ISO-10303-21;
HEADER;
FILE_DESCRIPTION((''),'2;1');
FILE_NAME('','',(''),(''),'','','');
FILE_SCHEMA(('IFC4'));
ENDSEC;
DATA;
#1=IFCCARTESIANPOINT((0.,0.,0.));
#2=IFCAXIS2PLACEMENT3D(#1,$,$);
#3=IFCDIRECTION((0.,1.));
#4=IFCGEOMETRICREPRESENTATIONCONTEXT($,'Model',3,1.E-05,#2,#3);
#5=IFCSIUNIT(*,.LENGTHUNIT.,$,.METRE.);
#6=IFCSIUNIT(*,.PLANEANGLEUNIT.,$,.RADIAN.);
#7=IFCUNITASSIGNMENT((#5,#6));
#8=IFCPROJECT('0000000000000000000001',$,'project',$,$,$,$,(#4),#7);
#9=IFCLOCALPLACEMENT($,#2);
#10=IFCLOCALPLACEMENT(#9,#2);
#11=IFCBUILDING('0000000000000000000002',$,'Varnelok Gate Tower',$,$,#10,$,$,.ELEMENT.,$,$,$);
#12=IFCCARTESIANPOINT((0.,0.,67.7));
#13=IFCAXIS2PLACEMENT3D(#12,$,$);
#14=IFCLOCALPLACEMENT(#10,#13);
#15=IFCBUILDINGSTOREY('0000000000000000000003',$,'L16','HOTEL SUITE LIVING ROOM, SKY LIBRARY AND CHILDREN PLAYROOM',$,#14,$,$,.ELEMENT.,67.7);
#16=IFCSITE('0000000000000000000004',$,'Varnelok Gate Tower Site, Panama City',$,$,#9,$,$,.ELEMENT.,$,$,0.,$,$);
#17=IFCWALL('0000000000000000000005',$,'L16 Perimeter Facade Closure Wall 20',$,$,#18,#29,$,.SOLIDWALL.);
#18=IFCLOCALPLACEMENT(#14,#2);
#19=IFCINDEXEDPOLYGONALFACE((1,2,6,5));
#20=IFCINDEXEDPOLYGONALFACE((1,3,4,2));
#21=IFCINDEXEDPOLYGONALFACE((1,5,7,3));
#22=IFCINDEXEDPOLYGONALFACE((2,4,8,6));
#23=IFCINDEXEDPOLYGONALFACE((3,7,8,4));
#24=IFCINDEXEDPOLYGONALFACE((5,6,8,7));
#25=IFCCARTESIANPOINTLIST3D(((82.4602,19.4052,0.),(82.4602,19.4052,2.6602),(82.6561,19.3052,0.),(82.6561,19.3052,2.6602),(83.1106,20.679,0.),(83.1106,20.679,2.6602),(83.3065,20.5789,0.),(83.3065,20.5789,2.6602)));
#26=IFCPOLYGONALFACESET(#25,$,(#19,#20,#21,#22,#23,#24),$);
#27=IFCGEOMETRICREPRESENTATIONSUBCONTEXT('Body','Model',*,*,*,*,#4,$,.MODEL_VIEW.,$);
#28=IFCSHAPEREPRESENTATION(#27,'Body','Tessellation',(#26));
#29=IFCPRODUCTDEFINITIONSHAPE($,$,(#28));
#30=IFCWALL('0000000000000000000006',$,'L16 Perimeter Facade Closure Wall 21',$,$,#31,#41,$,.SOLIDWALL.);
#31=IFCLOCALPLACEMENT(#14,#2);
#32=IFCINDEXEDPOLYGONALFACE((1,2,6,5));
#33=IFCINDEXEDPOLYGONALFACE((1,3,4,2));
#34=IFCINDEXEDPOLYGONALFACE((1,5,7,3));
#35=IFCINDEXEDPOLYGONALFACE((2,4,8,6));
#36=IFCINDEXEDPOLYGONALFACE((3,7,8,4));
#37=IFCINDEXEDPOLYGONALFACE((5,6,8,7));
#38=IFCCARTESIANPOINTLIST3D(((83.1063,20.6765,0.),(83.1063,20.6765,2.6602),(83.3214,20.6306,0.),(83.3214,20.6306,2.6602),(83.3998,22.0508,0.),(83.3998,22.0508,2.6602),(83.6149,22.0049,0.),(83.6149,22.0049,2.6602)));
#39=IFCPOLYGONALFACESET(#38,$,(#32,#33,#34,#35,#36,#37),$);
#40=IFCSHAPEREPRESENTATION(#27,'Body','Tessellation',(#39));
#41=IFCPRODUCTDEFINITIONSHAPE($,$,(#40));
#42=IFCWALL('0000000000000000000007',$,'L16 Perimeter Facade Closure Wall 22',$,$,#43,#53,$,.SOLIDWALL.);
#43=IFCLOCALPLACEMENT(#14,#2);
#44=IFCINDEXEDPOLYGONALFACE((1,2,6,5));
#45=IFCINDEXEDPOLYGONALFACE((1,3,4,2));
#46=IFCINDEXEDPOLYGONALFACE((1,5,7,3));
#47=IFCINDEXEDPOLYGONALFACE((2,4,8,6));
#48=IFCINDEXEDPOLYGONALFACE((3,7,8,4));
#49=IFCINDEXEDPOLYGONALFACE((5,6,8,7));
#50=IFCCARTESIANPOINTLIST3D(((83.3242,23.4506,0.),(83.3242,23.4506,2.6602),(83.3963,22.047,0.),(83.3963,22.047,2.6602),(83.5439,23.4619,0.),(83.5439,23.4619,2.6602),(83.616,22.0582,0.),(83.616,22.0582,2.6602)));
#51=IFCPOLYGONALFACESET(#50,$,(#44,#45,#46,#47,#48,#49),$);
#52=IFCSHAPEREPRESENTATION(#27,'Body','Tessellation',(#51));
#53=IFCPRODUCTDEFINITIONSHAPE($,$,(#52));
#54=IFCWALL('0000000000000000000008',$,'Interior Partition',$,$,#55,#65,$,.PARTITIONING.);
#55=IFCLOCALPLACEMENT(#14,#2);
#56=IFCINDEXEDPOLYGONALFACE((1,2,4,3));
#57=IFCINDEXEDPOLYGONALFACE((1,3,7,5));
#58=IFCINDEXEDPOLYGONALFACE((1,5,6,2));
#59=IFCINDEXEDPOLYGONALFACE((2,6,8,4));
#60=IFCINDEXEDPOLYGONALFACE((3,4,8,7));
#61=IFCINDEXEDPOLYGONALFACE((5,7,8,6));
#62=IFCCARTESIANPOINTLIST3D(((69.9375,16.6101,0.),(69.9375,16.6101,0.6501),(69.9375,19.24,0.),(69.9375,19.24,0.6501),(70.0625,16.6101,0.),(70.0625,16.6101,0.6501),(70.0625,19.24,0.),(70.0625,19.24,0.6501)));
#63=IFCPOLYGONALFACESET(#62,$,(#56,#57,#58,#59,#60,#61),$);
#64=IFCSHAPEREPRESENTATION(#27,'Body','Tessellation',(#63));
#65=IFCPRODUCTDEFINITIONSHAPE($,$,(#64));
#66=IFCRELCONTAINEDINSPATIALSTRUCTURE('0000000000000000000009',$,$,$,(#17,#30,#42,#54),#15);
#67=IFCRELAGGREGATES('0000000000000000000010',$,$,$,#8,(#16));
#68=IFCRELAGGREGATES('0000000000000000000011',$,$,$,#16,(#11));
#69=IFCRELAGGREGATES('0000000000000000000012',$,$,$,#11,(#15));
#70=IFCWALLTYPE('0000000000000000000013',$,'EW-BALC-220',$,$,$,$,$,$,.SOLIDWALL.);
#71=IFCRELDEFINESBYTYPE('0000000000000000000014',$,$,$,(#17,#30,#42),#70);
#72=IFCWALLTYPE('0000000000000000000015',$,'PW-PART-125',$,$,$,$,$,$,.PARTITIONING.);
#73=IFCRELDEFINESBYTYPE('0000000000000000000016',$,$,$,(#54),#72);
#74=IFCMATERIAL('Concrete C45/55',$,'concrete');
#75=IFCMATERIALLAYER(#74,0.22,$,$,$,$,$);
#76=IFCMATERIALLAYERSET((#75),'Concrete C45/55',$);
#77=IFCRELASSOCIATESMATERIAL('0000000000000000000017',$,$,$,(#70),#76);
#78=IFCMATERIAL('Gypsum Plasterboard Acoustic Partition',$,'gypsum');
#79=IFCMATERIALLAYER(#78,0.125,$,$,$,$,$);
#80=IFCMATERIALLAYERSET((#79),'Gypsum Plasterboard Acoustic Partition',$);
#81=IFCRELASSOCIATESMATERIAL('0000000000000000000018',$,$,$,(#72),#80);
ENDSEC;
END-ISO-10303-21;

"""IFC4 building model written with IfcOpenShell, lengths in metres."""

from ifc_helpers import new_model, si_unit, direction, frame, frame_2d, origin, place, context, subcontext, project, spatial, rectangle, extrude, material, layer, layer_set, type_object, element, save


model = new_model("IFC4")

# Units and contexts
model_context = context("Model", 3, precision=1e-05, world=origin(), true_north=direction((0.0, 1.0)))
body_context = subcontext(model_context, "Body", "Model", "MODEL_VIEW")
ifc_project = project(units=[si_unit("LENGTHUNIT", "METRE"), si_unit("PLANEANGLEUNIT", "RADIAN")], contexts=[model_context])

# Site, building, storey
site_placement = place(None, origin())
site = spatial("IfcSite", under=ifc_project, at=site_placement, Name="Varnelok Gate Tower Site, Panama City", CompositionType="ELEMENT", RefElevation=0.0)
building_placement = place(site_placement, origin())
building = spatial("IfcBuilding", under=site, at=building_placement, Name="Varnelok Gate Tower", CompositionType="ELEMENT")
storey_placement = place(building_placement, frame((0.0, 0.0, 67.7)))
storey = spatial("IfcBuildingStorey", under=building, at=storey_placement, Name="L16", Description="HOTEL SUITE LIVING ROOM, SKY LIBRARY AND CHILDREN PLAYROOM", CompositionType="ELEMENT", Elevation=67.7)

# Walls
ifc_material_1 = material(Name="Concrete C45/55", Category="concrete")
ifc_layer_1 = layer(ifc_material_1, 0.22)
ifc_layer_set_1 = layer_set([ifc_layer_1], Name="Concrete C45/55")
wall_type_1 = type_object("IfcWallType", Name="EW-BALC-220", PredefinedType="SOLIDWALL", material=ifc_layer_set_1)
wall_1_placement = place(storey_placement, frame((82.5581, 19.3552, 0.0), z_axis=(0.0, 0.0, 1.0), x_axis=(0.454777, 0.890605, 0.0)))
element("IfcWall", 1, at=wall_1_placement, inside=storey, type_object=wall_type_1, Name="L16 Perimeter Facade Closure Wall 20", PredefinedType="SOLIDWALL", context=body_context, shape_type="SweptSolid", body=[
    extrude(rectangle(XDim=1.4302, YDim=0.22, at=frame_2d((0.7151, 0.0))), origin(), (0.0, 0.0, 1.0), 2.6602),
])
wall_2_placement = place(storey_placement, frame((83.2139, 20.6536, 0.0), z_axis=(0.0, 0.0, 1.0), x_axis=(0.208829, 0.977952, 0.0)))
element("IfcWall", 2, at=wall_2_placement, inside=storey, type_object=wall_type_1, Name="L16 Perimeter Facade Closure Wall 21", PredefinedType="SOLIDWALL", context=body_context, shape_type="SweptSolid", body=[
    extrude(rectangle(XDim=1.4053, YDim=0.22, at=frame_2d((0.7026, 0.0))), origin(), (0.0, 0.0, 1.0), 2.6602),
])
wall_3_placement = place(storey_placement, frame((83.5061, 22.0527, 0.0), z_axis=(0.0, 0.0, 1.0), x_axis=(-0.051246, 0.998686, 0.0)))
element("IfcWall", 3, at=wall_3_placement, inside=storey, type_object=wall_type_1, Name="L16 Perimeter Facade Closure Wall 22", PredefinedType="SOLIDWALL", context=body_context, shape_type="SweptSolid", body=[
    extrude(rectangle(XDim=1.4055, YDim=0.22, at=frame_2d((0.7026, 0.0))), origin(), (0.0, 0.0, 1.0), 2.6602),
])
ifc_material_2 = material(Name="Gypsum Plasterboard Acoustic Partition", Category="gypsum")
ifc_layer_2 = layer(ifc_material_2, 0.125)
ifc_layer_set_2 = layer_set([ifc_layer_2], Name="Gypsum Plasterboard Acoustic Partition")
wall_type_2 = type_object("IfcWallType", Name="PW-PART-125", PredefinedType="PARTITIONING", material=ifc_layer_set_2)
wall_4_placement = place(storey_placement, frame((70.0, 16.6101, 0.0), z_axis=(0.0, 0.0, 1.0), x_axis=(0.0, 1.0, 0.0)))
element("IfcWall", 4, at=wall_4_placement, inside=storey, type_object=wall_type_2, Name="Interior Partition", PredefinedType="PARTITIONING", context=body_context, shape_type="SweptSolid", body=[
    extrude(rectangle(XDim=2.6299, YDim=0.125, at=frame_2d((1.3149, 0.0))), origin(), (0.0, 0.0, 1.0), 0.6501),
])

save(model, "model.ifc")
